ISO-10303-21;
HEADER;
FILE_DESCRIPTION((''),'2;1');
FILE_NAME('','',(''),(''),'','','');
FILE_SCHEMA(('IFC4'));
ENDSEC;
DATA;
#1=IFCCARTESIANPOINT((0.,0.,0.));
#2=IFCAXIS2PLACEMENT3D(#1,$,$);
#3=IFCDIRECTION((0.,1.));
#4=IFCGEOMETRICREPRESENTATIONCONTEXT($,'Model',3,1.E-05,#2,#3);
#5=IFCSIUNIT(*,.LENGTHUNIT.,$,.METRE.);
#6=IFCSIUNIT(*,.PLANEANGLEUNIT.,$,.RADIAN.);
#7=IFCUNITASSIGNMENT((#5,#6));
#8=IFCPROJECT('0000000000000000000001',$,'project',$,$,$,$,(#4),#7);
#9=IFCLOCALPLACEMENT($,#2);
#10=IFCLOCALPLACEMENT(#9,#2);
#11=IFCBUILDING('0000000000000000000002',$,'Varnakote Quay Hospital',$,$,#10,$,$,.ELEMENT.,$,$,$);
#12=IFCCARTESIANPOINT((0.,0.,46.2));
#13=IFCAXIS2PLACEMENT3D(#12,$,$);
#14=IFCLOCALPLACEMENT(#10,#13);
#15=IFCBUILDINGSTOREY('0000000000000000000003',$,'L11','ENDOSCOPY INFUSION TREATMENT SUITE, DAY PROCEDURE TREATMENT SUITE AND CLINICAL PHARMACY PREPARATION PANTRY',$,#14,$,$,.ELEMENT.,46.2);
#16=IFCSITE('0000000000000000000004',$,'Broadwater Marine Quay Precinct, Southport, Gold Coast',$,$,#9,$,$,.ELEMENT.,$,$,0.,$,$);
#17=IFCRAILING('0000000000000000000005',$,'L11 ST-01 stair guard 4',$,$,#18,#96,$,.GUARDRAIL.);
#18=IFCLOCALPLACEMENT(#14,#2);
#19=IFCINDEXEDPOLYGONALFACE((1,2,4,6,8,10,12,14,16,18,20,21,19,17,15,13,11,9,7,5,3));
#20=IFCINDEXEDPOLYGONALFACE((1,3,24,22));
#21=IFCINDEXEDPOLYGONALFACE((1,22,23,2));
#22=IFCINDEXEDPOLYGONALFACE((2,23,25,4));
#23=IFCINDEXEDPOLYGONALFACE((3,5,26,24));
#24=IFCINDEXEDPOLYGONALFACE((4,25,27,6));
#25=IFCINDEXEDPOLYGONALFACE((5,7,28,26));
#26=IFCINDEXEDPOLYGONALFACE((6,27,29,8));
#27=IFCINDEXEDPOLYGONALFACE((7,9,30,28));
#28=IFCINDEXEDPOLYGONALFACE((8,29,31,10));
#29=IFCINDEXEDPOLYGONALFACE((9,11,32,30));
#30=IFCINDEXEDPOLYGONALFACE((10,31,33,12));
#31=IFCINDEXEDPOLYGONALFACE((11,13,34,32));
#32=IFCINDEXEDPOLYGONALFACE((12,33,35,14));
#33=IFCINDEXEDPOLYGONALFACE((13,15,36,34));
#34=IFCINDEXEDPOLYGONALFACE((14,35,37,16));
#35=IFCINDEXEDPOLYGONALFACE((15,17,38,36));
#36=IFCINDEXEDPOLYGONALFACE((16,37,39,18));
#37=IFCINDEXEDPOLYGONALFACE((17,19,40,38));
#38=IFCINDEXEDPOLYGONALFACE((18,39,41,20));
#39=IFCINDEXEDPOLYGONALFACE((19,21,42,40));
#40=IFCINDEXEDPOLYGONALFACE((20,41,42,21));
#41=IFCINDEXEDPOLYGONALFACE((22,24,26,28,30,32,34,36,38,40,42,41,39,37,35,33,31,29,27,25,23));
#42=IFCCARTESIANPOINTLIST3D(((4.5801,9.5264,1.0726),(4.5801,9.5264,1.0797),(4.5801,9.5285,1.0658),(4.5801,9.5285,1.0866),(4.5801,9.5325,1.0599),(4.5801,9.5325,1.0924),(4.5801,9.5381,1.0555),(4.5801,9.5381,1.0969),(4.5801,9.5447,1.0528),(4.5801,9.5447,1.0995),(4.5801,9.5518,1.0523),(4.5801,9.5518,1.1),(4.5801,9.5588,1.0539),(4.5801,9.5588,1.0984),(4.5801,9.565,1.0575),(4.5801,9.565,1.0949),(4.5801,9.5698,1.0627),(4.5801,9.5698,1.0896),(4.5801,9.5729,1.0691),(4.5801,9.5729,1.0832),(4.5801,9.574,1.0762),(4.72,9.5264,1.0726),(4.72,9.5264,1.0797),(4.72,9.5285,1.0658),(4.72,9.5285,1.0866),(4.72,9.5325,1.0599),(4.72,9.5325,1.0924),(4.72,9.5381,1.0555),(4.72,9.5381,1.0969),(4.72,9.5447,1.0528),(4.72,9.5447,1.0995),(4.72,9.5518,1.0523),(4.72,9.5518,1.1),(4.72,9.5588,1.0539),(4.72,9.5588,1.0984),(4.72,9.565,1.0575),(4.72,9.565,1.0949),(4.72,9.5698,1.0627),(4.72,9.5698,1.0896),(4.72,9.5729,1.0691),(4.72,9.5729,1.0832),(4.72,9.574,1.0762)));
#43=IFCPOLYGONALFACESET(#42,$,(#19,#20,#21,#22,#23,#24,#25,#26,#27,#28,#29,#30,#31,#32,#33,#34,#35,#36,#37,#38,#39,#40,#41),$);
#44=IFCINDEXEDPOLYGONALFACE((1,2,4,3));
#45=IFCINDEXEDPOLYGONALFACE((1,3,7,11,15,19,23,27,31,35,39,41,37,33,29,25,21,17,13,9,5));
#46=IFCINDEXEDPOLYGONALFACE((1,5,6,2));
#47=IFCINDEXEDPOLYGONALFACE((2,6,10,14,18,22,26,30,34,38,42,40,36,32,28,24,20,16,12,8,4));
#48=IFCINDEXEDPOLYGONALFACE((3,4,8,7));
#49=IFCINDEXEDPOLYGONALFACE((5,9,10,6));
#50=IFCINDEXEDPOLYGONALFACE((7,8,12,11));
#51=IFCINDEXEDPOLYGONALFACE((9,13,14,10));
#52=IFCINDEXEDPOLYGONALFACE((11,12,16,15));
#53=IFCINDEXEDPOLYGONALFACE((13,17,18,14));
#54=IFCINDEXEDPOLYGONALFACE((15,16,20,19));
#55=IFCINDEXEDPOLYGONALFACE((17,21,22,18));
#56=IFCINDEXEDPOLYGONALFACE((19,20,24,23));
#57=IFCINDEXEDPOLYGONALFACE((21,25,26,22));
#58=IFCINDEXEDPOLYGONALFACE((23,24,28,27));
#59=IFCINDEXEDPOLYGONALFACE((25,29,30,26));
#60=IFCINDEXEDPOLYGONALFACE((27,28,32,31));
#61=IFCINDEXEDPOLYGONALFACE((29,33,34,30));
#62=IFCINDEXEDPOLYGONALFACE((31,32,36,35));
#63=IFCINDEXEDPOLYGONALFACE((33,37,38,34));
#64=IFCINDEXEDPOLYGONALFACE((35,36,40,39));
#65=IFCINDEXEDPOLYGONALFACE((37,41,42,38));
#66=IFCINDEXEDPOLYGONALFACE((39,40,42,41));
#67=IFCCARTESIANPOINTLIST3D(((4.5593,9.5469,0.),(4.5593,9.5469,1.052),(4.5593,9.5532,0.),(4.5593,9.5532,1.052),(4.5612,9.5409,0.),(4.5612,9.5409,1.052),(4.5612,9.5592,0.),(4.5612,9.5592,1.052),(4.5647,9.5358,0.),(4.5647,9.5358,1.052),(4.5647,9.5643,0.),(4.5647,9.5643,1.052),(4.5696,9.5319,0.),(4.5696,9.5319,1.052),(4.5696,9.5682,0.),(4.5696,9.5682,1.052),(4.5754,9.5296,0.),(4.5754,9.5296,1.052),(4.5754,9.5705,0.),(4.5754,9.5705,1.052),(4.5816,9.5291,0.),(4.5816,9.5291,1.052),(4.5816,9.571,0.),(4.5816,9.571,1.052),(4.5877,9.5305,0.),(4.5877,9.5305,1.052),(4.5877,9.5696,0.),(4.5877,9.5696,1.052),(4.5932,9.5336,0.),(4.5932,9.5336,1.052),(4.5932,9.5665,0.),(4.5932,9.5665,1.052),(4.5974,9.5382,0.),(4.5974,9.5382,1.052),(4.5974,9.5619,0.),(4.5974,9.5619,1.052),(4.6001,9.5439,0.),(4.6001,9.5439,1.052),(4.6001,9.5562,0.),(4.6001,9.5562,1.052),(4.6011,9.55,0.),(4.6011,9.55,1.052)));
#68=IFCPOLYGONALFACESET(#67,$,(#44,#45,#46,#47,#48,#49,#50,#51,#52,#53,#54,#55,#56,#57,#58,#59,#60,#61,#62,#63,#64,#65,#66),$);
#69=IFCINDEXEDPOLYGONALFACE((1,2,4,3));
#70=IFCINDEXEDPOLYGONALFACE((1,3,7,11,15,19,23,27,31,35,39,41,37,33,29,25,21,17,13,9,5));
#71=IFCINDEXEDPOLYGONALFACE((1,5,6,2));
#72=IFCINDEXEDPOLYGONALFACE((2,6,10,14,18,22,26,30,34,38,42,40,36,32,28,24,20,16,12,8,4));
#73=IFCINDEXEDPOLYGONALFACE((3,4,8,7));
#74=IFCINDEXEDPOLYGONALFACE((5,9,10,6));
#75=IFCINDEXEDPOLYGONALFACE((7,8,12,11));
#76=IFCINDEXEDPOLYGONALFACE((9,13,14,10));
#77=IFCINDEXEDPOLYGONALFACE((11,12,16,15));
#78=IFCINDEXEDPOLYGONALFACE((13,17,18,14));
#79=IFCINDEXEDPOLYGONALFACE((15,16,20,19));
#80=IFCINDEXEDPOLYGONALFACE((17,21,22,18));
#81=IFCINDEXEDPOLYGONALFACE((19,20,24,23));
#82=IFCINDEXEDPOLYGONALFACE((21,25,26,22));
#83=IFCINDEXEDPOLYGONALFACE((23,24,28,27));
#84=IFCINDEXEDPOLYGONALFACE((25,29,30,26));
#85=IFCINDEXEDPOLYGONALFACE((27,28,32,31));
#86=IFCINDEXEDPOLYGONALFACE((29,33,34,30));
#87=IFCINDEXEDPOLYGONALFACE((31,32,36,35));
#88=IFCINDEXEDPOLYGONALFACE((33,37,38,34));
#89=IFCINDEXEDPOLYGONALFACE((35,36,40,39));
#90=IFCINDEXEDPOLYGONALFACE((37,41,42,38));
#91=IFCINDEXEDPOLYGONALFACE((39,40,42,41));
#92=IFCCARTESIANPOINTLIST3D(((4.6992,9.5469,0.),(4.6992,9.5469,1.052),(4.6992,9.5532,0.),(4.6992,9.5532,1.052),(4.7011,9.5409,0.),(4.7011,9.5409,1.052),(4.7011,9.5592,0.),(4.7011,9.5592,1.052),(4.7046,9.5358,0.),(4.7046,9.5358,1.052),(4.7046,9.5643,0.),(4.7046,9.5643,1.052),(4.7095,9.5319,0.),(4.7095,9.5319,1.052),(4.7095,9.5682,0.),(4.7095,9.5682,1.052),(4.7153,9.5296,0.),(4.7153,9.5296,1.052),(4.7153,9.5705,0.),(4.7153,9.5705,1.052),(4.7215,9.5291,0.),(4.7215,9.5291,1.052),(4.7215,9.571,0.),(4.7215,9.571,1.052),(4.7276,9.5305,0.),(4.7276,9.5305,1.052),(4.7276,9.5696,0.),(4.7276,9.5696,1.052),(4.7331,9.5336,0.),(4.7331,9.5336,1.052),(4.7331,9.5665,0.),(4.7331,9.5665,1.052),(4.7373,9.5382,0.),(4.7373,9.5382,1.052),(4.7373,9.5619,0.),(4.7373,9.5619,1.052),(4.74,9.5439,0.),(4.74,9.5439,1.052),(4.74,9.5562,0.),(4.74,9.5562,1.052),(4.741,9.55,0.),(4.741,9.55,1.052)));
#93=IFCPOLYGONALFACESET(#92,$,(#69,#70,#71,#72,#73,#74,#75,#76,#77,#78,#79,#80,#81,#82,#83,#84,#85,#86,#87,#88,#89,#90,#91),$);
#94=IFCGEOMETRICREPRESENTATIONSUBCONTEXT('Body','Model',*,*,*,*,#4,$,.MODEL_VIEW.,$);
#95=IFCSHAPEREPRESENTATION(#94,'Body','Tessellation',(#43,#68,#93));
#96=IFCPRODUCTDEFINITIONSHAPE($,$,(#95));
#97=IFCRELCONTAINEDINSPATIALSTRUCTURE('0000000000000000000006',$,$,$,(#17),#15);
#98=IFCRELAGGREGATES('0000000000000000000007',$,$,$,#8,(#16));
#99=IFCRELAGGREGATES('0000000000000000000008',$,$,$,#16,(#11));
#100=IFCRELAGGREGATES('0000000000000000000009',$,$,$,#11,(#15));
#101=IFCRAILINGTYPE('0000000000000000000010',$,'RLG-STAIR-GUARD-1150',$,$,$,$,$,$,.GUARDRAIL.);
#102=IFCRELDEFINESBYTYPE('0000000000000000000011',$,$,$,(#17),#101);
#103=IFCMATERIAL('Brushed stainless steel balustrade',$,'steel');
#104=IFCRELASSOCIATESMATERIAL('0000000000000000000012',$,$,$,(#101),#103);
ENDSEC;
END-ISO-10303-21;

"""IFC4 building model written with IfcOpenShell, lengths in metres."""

from ifc_helpers import new_model, si_unit, direction, frame, origin, origin_2d, place, context, subcontext, project, spatial, circle, extrude, material, type_object, element, save


model = new_model("IFC4")

# Units and contexts
model_context = context("Model", 3, precision=1e-05, world=origin(), true_north=direction((0.0, 1.0)))
body_context = subcontext(model_context, "Body", "Model", "MODEL_VIEW")
ifc_project = project(units=[si_unit("LENGTHUNIT", "METRE"), si_unit("PLANEANGLEUNIT", "RADIAN")], contexts=[model_context])

# Site, building, storey
site_placement = place(None, origin())
site = spatial("IfcSite", under=ifc_project, at=site_placement, Name="Broadwater Marine Quay Precinct, Southport, Gold Coast", CompositionType="ELEMENT", RefElevation=0.0)
building_placement = place(site_placement, origin())
building = spatial("IfcBuilding", under=site, at=building_placement, Name="Varnakote Quay Hospital", CompositionType="ELEMENT")
storey_placement = place(building_placement, frame((0.0, 0.0, 46.2)))
storey = spatial("IfcBuildingStorey", under=building, at=storey_placement, Name="L11", Description="ENDOSCOPY INFUSION TREATMENT SUITE, DAY PROCEDURE TREATMENT SUITE AND CLINICAL PHARMACY PREPARATION PANTRY", CompositionType="ELEMENT", Elevation=46.2)

# Railing
ifc_material_1 = material(Name="Brushed stainless steel balustrade", Category="steel")
railing_type_1 = type_object("IfcRailingType", Name="RLG-STAIR-GUARD-1150", PredefinedType="GUARDRAIL", material=ifc_material_1)
railing_1_placement = place(storey_placement, frame((4.5801, 9.55, 0.0)))
element("IfcRailing", 1, at=railing_1_placement, inside=storey, type_object=railing_type_1, Name="L11 ST-01 stair guard 4", PredefinedType="GUARDRAIL", context=body_context, shape_type="SweptSolid", body=[
    extrude(circle(Radius=0.0239, at=origin_2d()), frame((0.0, 0.0, 1.0762), z_axis=(1.0, 0.0, 0.0), x_axis=(0.0, 1.0, 0.0)), (0.0, 0.0, 1.0), 0.1399),
    extrude(circle(Radius=0.021, at=origin_2d()), origin(), (0.0, 0.0, 1.0), 1.052),
    extrude(circle(Radius=0.021, at=origin_2d()), frame((0.1399, 0.0, 0.0)), (0.0, 0.0, 1.0), 1.052),
])

save(model, "model.ifc")
